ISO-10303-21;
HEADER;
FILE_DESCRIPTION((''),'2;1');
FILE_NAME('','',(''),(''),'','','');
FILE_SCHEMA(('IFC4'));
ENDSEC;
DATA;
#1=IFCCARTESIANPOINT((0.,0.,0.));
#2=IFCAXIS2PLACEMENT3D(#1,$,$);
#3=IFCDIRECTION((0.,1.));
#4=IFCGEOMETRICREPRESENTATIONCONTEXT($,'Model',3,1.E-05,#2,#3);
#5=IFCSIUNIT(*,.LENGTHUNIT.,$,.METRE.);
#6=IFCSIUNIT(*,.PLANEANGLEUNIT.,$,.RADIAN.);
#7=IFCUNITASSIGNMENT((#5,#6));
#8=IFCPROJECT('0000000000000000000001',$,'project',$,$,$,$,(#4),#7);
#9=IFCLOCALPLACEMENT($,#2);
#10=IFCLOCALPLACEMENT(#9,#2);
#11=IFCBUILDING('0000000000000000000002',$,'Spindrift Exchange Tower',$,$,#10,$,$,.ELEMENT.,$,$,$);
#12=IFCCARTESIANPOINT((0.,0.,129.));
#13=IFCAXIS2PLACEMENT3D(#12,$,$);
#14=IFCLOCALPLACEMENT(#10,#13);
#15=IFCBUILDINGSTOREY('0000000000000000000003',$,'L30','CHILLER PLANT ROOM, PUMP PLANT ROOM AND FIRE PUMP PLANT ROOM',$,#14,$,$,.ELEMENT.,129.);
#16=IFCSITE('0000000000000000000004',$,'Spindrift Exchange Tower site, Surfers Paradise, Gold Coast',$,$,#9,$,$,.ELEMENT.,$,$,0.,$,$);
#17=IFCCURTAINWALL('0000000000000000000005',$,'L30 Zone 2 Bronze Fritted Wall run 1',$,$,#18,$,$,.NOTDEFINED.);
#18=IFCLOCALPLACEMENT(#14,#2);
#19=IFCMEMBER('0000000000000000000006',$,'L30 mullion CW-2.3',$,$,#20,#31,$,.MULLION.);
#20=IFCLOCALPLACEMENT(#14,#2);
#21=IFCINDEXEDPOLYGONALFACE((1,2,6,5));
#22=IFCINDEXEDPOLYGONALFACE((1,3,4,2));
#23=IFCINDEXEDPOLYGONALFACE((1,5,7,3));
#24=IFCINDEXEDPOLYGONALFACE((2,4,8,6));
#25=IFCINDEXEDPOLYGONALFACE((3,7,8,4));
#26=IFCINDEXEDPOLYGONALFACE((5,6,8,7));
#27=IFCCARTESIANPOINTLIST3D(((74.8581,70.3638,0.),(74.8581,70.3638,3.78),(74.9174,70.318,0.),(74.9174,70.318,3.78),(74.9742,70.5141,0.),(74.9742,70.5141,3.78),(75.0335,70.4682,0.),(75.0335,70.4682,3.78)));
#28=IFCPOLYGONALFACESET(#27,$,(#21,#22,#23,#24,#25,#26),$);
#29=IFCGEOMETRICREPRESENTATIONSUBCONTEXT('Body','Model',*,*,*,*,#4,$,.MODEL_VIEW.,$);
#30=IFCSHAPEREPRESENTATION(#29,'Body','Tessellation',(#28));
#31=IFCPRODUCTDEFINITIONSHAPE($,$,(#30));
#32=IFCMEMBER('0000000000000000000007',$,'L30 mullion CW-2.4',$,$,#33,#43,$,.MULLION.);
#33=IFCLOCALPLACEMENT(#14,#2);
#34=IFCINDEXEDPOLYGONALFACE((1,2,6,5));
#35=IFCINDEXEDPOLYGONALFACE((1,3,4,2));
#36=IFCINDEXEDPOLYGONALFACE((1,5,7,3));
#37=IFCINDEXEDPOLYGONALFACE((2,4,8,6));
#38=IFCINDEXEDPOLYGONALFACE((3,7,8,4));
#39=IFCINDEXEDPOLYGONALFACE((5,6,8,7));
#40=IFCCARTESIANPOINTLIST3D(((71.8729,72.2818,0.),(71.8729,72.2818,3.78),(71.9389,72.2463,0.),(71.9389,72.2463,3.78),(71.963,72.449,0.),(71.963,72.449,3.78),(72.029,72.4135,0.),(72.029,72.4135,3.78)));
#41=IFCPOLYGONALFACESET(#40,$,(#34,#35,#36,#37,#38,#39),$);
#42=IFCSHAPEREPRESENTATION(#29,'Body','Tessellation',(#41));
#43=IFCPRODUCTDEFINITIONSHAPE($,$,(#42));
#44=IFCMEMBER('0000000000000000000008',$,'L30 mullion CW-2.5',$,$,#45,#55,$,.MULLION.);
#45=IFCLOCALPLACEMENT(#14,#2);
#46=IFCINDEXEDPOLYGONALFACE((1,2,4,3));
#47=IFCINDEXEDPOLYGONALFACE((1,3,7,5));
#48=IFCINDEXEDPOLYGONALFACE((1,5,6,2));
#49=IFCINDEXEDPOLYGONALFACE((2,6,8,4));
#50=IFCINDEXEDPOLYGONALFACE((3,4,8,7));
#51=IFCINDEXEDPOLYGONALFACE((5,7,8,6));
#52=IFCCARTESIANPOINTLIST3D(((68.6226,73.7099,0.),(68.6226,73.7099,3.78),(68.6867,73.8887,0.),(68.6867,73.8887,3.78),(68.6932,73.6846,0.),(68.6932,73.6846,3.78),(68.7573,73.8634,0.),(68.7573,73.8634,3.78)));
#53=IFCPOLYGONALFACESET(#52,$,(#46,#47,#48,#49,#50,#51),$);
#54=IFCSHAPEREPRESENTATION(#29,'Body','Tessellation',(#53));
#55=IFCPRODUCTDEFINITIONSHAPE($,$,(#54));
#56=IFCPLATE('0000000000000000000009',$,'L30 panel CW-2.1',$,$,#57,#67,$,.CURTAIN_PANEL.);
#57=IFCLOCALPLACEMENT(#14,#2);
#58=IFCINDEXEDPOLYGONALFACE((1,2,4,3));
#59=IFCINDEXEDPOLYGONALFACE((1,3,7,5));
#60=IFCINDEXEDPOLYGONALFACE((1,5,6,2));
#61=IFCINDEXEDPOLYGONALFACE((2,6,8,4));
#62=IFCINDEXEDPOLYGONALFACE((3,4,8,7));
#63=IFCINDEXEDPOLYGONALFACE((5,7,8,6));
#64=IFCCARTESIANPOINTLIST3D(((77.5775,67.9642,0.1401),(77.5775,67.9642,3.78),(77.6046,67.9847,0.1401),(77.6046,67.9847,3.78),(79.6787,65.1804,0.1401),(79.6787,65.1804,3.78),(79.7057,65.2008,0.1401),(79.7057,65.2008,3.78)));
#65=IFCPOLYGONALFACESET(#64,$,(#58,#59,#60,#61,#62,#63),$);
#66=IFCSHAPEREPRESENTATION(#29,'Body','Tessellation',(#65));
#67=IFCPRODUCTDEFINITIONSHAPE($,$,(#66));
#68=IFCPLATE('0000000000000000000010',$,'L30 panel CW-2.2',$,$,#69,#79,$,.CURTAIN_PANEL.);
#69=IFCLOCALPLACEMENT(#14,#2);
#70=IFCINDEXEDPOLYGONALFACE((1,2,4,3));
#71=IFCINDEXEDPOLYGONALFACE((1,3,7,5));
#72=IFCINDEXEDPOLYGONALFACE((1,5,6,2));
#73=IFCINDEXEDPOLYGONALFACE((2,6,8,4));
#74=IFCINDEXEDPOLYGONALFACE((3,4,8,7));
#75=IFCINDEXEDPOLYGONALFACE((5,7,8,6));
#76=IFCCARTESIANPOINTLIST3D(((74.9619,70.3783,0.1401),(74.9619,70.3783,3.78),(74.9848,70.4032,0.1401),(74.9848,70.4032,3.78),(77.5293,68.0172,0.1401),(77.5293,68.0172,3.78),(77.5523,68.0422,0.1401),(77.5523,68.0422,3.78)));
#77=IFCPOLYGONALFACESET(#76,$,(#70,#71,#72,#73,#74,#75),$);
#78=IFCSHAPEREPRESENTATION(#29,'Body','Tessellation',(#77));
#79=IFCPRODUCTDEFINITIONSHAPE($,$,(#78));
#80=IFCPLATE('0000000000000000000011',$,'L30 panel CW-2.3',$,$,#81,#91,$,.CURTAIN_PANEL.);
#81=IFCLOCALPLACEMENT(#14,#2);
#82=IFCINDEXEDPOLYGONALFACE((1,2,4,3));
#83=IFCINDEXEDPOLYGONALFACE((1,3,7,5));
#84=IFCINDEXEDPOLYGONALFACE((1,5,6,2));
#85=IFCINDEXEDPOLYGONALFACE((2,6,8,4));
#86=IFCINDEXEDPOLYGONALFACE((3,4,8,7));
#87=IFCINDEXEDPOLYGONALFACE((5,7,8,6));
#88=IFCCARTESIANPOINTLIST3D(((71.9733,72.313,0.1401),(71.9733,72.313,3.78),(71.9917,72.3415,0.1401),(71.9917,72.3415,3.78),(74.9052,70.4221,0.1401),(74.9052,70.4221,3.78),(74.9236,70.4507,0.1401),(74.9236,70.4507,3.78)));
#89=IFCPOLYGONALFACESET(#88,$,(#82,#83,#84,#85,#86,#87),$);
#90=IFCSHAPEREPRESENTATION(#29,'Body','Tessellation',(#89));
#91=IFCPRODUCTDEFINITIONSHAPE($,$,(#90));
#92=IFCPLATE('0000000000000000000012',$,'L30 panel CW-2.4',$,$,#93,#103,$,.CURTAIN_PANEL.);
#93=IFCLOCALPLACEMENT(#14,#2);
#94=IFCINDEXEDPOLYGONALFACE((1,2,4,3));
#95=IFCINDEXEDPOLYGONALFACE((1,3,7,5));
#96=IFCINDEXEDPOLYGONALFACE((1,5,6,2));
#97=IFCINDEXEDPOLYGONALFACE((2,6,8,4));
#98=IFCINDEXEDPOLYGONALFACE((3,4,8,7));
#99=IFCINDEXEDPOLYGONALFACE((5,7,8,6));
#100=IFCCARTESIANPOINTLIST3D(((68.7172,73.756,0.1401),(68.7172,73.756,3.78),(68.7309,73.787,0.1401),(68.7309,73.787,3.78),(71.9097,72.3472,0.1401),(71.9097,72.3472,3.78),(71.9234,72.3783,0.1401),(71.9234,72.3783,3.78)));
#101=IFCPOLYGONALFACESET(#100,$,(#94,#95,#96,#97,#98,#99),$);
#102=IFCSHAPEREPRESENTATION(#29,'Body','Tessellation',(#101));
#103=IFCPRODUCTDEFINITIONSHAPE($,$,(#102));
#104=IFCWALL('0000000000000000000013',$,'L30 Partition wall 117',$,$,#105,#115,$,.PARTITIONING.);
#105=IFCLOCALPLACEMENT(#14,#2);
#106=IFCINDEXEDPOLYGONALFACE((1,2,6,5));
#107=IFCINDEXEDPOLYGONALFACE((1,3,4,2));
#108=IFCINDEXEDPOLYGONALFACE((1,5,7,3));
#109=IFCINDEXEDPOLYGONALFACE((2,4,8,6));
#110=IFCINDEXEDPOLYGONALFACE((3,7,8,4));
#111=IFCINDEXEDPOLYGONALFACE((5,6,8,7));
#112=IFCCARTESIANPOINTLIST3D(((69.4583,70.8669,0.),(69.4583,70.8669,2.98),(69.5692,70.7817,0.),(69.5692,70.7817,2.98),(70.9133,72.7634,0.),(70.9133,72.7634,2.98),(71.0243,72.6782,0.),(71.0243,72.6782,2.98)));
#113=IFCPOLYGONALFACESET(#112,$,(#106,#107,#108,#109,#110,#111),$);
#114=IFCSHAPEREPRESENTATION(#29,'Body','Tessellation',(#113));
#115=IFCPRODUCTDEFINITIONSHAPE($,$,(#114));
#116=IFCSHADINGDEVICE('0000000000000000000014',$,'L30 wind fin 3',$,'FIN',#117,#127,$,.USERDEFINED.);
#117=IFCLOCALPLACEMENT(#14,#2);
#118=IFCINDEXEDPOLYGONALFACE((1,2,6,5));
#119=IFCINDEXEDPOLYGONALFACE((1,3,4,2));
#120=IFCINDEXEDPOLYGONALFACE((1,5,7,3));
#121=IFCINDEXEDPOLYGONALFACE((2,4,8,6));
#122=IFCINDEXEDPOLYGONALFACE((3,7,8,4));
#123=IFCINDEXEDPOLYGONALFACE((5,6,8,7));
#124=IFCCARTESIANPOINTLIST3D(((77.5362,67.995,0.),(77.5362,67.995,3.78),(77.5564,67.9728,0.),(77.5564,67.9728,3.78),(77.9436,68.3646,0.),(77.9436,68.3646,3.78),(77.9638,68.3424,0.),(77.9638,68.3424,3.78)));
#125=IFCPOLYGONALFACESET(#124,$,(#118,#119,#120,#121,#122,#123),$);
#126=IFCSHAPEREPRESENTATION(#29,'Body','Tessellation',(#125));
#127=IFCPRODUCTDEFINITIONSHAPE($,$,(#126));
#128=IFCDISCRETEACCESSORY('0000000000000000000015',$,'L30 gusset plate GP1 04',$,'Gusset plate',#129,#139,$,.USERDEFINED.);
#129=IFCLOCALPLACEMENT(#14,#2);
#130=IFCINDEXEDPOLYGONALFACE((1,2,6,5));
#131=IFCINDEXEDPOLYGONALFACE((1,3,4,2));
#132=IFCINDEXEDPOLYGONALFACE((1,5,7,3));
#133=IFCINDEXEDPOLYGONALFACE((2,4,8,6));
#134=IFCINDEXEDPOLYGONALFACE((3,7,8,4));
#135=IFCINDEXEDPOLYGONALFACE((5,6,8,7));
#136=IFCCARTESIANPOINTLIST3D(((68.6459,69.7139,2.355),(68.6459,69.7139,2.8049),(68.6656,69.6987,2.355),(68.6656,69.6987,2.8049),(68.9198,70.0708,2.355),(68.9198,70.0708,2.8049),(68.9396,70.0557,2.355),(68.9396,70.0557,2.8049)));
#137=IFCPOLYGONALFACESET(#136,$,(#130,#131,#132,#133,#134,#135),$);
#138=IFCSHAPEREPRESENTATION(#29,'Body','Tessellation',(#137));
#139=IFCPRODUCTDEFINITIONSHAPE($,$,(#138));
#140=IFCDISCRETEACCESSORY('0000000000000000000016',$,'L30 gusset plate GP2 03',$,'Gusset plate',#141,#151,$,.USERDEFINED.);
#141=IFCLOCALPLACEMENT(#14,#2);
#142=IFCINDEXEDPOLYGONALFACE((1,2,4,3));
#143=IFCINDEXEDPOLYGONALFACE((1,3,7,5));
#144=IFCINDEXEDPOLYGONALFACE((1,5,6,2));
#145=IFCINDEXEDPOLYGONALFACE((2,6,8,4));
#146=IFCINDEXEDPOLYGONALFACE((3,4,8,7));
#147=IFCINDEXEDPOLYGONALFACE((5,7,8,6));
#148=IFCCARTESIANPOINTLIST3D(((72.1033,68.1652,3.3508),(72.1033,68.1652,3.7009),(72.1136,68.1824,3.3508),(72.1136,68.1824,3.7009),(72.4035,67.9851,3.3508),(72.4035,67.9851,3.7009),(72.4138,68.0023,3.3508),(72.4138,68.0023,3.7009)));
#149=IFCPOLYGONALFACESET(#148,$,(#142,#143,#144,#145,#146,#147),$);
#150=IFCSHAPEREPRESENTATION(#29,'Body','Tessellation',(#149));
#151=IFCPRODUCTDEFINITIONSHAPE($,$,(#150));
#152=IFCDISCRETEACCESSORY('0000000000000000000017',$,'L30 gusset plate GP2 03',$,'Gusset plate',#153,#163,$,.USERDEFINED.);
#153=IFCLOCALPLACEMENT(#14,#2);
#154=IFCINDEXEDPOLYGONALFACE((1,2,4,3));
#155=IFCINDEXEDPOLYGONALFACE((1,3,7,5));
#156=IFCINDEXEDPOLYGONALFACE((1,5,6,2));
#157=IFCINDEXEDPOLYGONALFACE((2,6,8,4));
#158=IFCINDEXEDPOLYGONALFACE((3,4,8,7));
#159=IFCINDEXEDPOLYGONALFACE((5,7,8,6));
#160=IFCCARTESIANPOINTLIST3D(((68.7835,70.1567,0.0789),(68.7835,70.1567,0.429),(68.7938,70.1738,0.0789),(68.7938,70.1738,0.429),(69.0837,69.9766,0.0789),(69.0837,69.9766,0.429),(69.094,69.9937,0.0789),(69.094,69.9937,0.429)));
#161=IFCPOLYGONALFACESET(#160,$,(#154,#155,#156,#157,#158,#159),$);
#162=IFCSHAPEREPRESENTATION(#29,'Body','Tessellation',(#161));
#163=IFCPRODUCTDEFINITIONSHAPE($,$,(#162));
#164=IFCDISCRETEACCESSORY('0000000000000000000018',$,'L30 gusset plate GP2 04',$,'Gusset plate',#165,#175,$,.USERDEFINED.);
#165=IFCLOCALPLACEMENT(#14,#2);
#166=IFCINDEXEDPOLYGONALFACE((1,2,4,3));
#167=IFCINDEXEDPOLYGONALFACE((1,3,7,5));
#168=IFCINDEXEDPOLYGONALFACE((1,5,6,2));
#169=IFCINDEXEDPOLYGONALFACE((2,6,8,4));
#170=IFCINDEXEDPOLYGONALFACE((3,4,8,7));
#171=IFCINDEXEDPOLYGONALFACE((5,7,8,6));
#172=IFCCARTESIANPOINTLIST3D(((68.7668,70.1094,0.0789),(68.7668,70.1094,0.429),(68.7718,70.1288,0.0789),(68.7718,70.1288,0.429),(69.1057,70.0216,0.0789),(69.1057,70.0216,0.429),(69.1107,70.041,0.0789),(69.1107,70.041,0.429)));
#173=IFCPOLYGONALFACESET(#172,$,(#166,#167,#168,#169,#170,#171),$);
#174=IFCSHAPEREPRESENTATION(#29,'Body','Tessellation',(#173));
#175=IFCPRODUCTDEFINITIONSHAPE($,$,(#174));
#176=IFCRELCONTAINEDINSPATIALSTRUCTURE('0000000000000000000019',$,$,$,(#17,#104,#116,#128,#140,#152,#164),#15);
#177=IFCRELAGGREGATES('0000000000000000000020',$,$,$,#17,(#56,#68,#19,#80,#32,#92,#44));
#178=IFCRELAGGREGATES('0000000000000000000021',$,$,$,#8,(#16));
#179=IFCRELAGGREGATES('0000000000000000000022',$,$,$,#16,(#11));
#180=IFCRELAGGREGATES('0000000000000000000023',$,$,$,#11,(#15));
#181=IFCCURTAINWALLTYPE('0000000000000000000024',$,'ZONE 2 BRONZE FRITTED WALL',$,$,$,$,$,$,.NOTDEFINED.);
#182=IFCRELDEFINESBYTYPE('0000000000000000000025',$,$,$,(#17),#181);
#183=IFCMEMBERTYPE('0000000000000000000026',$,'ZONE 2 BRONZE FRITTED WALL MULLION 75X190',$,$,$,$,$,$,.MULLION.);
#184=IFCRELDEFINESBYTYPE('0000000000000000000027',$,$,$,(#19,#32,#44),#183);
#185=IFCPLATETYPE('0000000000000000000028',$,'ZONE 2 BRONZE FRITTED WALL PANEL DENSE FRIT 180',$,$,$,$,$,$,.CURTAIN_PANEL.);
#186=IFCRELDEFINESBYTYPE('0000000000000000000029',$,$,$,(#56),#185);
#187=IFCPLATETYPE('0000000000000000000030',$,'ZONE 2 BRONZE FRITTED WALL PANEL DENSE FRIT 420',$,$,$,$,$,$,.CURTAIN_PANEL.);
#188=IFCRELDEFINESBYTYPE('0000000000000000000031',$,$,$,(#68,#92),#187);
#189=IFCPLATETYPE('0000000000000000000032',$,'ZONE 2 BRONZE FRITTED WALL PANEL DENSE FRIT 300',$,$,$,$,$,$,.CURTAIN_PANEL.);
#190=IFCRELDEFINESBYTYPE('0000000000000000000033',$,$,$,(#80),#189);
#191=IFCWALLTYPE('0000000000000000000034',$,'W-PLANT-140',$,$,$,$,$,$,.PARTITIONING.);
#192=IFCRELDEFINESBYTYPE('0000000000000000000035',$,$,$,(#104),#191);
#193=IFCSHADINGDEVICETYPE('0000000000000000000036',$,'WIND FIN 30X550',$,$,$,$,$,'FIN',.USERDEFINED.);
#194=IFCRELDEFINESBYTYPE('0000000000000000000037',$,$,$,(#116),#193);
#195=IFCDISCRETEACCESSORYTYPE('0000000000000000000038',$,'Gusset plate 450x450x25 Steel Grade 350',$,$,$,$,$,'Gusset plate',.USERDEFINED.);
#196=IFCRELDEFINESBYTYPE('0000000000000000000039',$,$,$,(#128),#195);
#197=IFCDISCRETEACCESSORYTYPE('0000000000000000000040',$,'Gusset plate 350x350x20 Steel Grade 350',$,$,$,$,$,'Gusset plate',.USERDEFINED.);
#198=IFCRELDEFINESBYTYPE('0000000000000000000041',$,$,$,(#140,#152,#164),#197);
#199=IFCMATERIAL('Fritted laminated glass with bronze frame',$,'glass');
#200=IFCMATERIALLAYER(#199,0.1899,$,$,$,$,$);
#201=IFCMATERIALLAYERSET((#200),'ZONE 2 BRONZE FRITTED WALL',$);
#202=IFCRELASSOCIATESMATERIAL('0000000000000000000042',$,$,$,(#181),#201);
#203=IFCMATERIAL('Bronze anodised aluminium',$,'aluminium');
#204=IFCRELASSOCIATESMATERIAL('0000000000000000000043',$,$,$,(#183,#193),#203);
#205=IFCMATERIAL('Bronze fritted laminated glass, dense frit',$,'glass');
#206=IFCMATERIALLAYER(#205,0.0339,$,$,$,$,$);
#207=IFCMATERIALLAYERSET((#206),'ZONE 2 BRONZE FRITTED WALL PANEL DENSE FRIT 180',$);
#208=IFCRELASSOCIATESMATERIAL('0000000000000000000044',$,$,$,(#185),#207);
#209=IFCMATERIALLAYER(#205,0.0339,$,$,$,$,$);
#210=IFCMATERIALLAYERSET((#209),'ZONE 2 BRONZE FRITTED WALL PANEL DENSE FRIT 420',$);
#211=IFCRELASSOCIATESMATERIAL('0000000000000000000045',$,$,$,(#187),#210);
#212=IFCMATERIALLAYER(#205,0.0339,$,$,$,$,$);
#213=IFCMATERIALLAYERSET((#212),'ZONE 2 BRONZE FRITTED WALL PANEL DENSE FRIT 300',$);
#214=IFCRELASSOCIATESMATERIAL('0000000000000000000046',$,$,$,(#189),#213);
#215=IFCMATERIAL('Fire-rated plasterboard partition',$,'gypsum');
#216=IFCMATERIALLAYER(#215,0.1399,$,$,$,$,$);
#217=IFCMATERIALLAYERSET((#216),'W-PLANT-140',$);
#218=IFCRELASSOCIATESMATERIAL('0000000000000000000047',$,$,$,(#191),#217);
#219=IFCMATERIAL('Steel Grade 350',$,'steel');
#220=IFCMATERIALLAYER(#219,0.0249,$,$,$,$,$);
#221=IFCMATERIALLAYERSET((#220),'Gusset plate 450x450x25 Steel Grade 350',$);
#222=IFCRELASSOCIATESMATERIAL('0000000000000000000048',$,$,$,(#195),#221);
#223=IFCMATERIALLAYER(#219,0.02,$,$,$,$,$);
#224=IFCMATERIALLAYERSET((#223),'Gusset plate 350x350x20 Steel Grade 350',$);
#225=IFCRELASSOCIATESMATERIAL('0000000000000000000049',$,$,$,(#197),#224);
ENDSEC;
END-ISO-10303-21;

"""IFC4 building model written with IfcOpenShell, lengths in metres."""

from ifc_helpers import new_model, si_unit, direction, frame, frame_2d, origin, origin_2d, place, context, subcontext, project, spatial, rectangle, extrude, source, transform, mapped, material, layer, layer_set, material_profile, profile_set, type_object, element, aggregate, save


model = new_model("IFC4")

# Units and contexts
model_context = context("Model", 3, precision=1e-05, world=origin(), true_north=direction((0.0, 1.0)))
body_context = subcontext(model_context, "Body", "Model", "MODEL_VIEW")
ifc_project = project(units=[si_unit("LENGTHUNIT", "METRE"), si_unit("PLANEANGLEUNIT", "RADIAN")], contexts=[model_context])

# Site, building, storey
site_placement = place(None, origin())
site = spatial("IfcSite", under=ifc_project, at=site_placement, Name="Spindrift Exchange Tower site, Surfers Paradise, Gold Coast", CompositionType="ELEMENT", RefElevation=0.0)
building_placement = place(site_placement, origin())
building = spatial("IfcBuilding", under=site, at=building_placement, Name="Spindrift Exchange Tower", CompositionType="ELEMENT")
storey_placement = place(building_placement, frame((0.0, 0.0, 129.0)))
storey = spatial("IfcBuildingStorey", under=building, at=storey_placement, Name="L30", Description="CHILLER PLANT ROOM, PUMP PLANT ROOM AND FIRE PUMP PLANT ROOM", CompositionType="ELEMENT", Elevation=129.0)

# Shared definitions
ifc_material_1 = material(Name="Steel Grade 350", Category="steel")

# Curtain wall, members, plates
ifc_material_2 = material(Name="Fritted laminated glass with bronze frame", Category="glass")
ifc_layer_1 = layer(ifc_material_2, 0.1899)
ifc_layer_set_1 = layer_set([ifc_layer_1], Name="ZONE 2 BRONZE FRITTED WALL")
curtain_wall_type = type_object("IfcCurtainWallType", Name="ZONE 2 BRONZE FRITTED WALL", PredefinedType="NOTDEFINED", material=ifc_layer_set_1)
curtain_wall_placement = place(storey_placement, origin())
curtain_wall = element("IfcCurtainWall", 1, at=curtain_wall_placement, inside=storey, type_object=curtain_wall_type, Name="L30 Zone 2 Bronze Fritted Wall run 1", PredefinedType="NOTDEFINED")
ifc_material_3 = material(Name="Bronze anodised aluminium", Category="aluminium")
ifc_material_profile_1 = material_profile(ifc_material_3, rectangle(XDim=0.075, YDim=0.1899, at=origin_2d()), Name="ZONE 2 BRONZE FRITTED WALL MULLION 75X190")
ifc_profile_set_1 = profile_set([ifc_material_profile_1], Name="Bronze anodised aluminium")
member_type_1 = type_object("IfcMemberType", Name="ZONE 2 BRONZE FRITTED WALL MULLION 75X190", PredefinedType="MULLION", material=ifc_profile_set_1)
shared_shape_1 = source(origin(), body_context, "Body", "SweptSolid", [
    extrude(rectangle(XDim=0.075, YDim=0.1899, at=origin_2d()), origin(), (0.0, 0.0, 1.0), 3.78),
])
member_1_placement = place(storey_placement, frame((74.9458, 70.416, 0.0), z_axis=(0.0, 0.0, 1.0), x_axis=(-0.791108, 0.611676, 0.0)))
member_1 = element("IfcMember", 2, at=member_1_placement, type_object=member_type_1, Name="L30 mullion CW-2.3", PredefinedType="MULLION", context=body_context, shape_type="MappedRepresentation", body=[
    mapped(shared_shape_1, transform((0.0, 0.0, 0.0), scale=1.0)),
])
member_2_placement = place(storey_placement, frame((71.9509, 72.3477, 0.0), z_axis=(0.0, 0.0, 1.0), x_axis=(-0.880354, 0.474318, 0.0)))
member_2 = element("IfcMember", 3, at=member_2_placement, type_object=member_type_1, Name="L30 mullion CW-2.4", PredefinedType="MULLION", context=body_context, shape_type="MappedRepresentation", body=[
    mapped(shared_shape_1, transform((0.0, 0.0, 0.0), scale=1.0)),
])
member_3_placement = place(storey_placement, frame((68.6899, 73.7866, 0.0), z_axis=(0.0, 0.0, 1.0), x_axis=(-0.941331, 0.337483, 0.0)))
member_3 = element("IfcMember", 4, at=member_3_placement, type_object=member_type_1, Name="L30 mullion CW-2.5", PredefinedType="MULLION", context=body_context, shape_type="MappedRepresentation", body=[
    mapped(shared_shape_1, transform((0.0, 0.0, 0.0), scale=1.0)),
])
ifc_material_4 = material(Name="Bronze fritted laminated glass, dense frit", Category="glass")
ifc_layer_2 = layer(ifc_material_4, 0.0339)
ifc_layer_set_2 = layer_set([ifc_layer_2], Name="ZONE 2 BRONZE FRITTED WALL PANEL DENSE FRIT 180")
plate_type_1 = type_object("IfcPlateType", Name="ZONE 2 BRONZE FRITTED WALL PANEL DENSE FRIT 180", PredefinedType="CURTAIN_PANEL", material=ifc_layer_set_2)
shared_shape_2 = source(origin(), body_context, "Body", "SweptSolid", [
    extrude(rectangle(XDim=3.4878, YDim=0.0339, at=origin_2d()), origin(), (0.0, 0.0, 1.0), 3.6399),
])
plate_1_placement = place(storey_placement, frame((78.6416, 66.5825, 0.1401), z_axis=(0.0, 0.0, 1.0), x_axis=(-0.602441, 0.798164, 0.0)))
plate_1 = element("IfcPlate", 5, at=plate_1_placement, type_object=plate_type_1, Name="L30 panel CW-2.1", PredefinedType="CURTAIN_PANEL", context=body_context, shape_type="MappedRepresentation", body=[
    mapped(shared_shape_2, transform((0.0, 0.0, 0.0), scale=1.0)),
])
ifc_layer_3 = layer(ifc_material_4, 0.0339)
ifc_layer_set_3 = layer_set([ifc_layer_3], Name="ZONE 2 BRONZE FRITTED WALL PANEL DENSE FRIT 420")
plate_type_2 = type_object("IfcPlateType", Name="ZONE 2 BRONZE FRITTED WALL PANEL DENSE FRIT 420", PredefinedType="CURTAIN_PANEL", material=ifc_layer_set_3)
shared_shape_3 = source(origin(), body_context, "Body", "SweptSolid", [
    extrude(rectangle(XDim=3.488, YDim=0.0339, at=origin_2d()), origin(), (0.0, 0.0, 1.0), 3.6399),
])
plate_2_placement = place(storey_placement, frame((76.2571, 69.2102, 0.1401), z_axis=(0.0, 0.0, 1.0), x_axis=(-0.736069, 0.676907, 0.0)))
plate_2 = element("IfcPlate", 6, at=plate_2_placement, type_object=plate_type_2, Name="L30 panel CW-2.2", PredefinedType="CURTAIN_PANEL", context=body_context, shape_type="MappedRepresentation", body=[
    mapped(shared_shape_3, transform((0.0, 0.0, 0.0), scale=1.0)),
])
ifc_layer_4 = layer(ifc_material_4, 0.0339)
ifc_layer_set_4 = layer_set([ifc_layer_4], Name="ZONE 2 BRONZE FRITTED WALL PANEL DENSE FRIT 300")
plate_type_3 = type_object("IfcPlateType", Name="ZONE 2 BRONZE FRITTED WALL PANEL DENSE FRIT 300", PredefinedType="CURTAIN_PANEL", material=ifc_layer_set_4)
shared_shape_4 = source(origin(), body_context, "Body", "SweptSolid", [
    extrude(rectangle(XDim=3.4888, YDim=0.0339, at=origin_2d()), origin(), (0.0, 0.0, 1.0), 3.6399),
])
plate_3_placement = place(storey_placement, frame((73.4485, 71.3818, 0.1401), z_axis=(0.0, 0.0, 1.0), x_axis=(-0.840385, 0.54199, 0.0)))
plate_3 = element("IfcPlate", 7, at=plate_3_placement, type_object=plate_type_3, Name="L30 panel CW-2.3", PredefinedType="CURTAIN_PANEL", context=body_context, shape_type="MappedRepresentation", body=[
    mapped(shared_shape_4, transform((0.0, 0.0, 0.0), scale=1.0)),
])
shared_shape_5 = source(origin(), body_context, "Body", "SweptSolid", [
    extrude(rectangle(XDim=3.4895, YDim=0.0339, at=origin_2d()), origin(), (0.0, 0.0, 1.0), 3.6399),
])
plate_4_placement = place(storey_placement, frame((70.3203, 73.0671, 0.1401), z_axis=(0.0, 0.0, 1.0), x_axis=(-0.914884, 0.403716, 0.0)))
plate_4 = element("IfcPlate", 8, at=plate_4_placement, type_object=plate_type_2, Name="L30 panel CW-2.4", PredefinedType="CURTAIN_PANEL", context=body_context, shape_type="MappedRepresentation", body=[
    mapped(shared_shape_5, transform((0.0, 0.0, 0.0), scale=1.0)),
])
aggregate(curtain_wall, [plate_1, plate_2, member_1, plate_3, member_2, plate_4, member_3])

# Wall
ifc_material_5 = material(Name="Fire-rated plasterboard partition", Category="gypsum")
ifc_layer_5 = layer(ifc_material_5, 0.1399)
ifc_layer_set_5 = layer_set([ifc_layer_5], Name="W-PLANT-140")
wall_type = type_object("IfcWallType", Name="W-PLANT-140", PredefinedType="PARTITIONING", material=ifc_layer_set_5)
wall_placement = place(storey_placement, frame((69.5137, 70.8242, 0.0), z_axis=(0.0, 0.0, 1.0), x_axis=(0.608723, 0.793383, 0.0)))
element("IfcWall", 9, at=wall_placement, inside=storey, type_object=wall_type, Name="L30 Partition wall 117", PredefinedType="PARTITIONING", context=body_context, shape_type="SweptSolid", body=[
    extrude(rectangle(XDim=2.3904, YDim=0.1399, at=frame_2d((1.1953, 0.0))), origin(), (0.0, 0.0, 1.0), 2.98),
])

# Shading device
ifc_material_profile_2 = material_profile(ifc_material_3, rectangle(XDim=0.03, YDim=0.55, at=origin_2d()), Name="WIND FIN 30X550")
ifc_profile_set_2 = profile_set([ifc_material_profile_2], Name="Bronze anodised aluminium")
shading_device_type = type_object("IfcShadingDeviceType", Name="WIND FIN 30X550", ElementType="FIN", PredefinedType="USERDEFINED", material=ifc_profile_set_2)
shared_shape_6 = source(origin(), body_context, "Body", "SweptSolid", [
    extrude(rectangle(XDim=0.03, YDim=0.55, at=origin_2d()), origin(), (0.0, 0.0, 1.0), 3.78),
])
shading_device_placement = place(storey_placement, frame((77.75, 68.1687, 0.0), z_axis=(0.0, 0.0, 1.0), x_axis=(-0.671995, 0.740556, 0.0)))
element("IfcShadingDevice", 10, at=shading_device_placement, inside=storey, type_object=shading_device_type, Name="L30 wind fin 3", ObjectType="FIN", PredefinedType="USERDEFINED", context=body_context, shape_type="MappedRepresentation", body=[
    mapped(shared_shape_6, transform((0.0, 0.0, 0.0), scale=1.0)),
])

# Discrete accessories
ifc_layer_6 = layer(ifc_material_1, 0.0249)
ifc_layer_set_6 = layer_set([ifc_layer_6], Name="Gusset plate 450x450x25 Steel Grade 350")
discrete_accessory_type_1 = type_object("IfcDiscreteAccessoryType", Name="Gusset plate 450x450x25 Steel Grade 350", ElementType="Gusset plate", PredefinedType="USERDEFINED", material=ifc_layer_set_6)
shared_shape_7 = source(origin(), body_context, "Body", "SweptSolid", [
    extrude(rectangle(XDim=0.45, YDim=0.0249, at=origin_2d()), origin(), (0.0, 0.0, 1.0), 0.45),
])
discrete_accessory_placement = place(storey_placement, frame((68.7927, 69.8848, 2.355), z_axis=(0.0, 0.0, 1.0), x_axis=(0.608752, 0.793361, 0.0)))
element("IfcDiscreteAccessory", 11, at=discrete_accessory_placement, inside=storey, type_object=discrete_accessory_type_1, Name="L30 gusset plate GP1 04", ObjectType="Gusset plate", PredefinedType="USERDEFINED", context=body_context, shape_type="MappedRepresentation", body=[
    mapped(shared_shape_7, transform((0.0, 0.0, 0.0), scale=1.0)),
])
ifc_layer_7 = layer(ifc_material_1, 0.02)
ifc_layer_set_7 = layer_set([ifc_layer_7], Name="Gusset plate 350x350x20 Steel Grade 350")
discrete_accessory_type_2 = type_object("IfcDiscreteAccessoryType", Name="Gusset plate 350x350x20 Steel Grade 350", ElementType="Gusset plate", PredefinedType="USERDEFINED", material=ifc_layer_set_7)
shared_shape_8 = source(origin(), body_context, "Body", "SweptSolid", [
    extrude(rectangle(XDim=0.3501, YDim=0.02, at=origin_2d()), origin(), (0.0, 0.0, 1.0), 0.3501),
])
for number, where, z_axis, x_axis, name in (
    (12, (72.2585, 68.0837, 3.3508), (0.0, 0.0, 1.0), (-0.857566, 0.514374, 0.0), "L30 gusset plate GP2 03"),
    (13, (68.9387, 70.0752, 0.0789), (0.0, 0.0, 1.0), (-0.857547, 0.514405, 0.0), "L30 gusset plate GP2 03"),
    (14, (68.9387, 70.0752, 0.0789), (0.0, 0.0, 1.0), (-0.968075, 0.250662, 0.0), "L30 gusset plate GP2 04"),
):
    element("IfcDiscreteAccessory", number, at=place(storey_placement, frame(where, z_axis=z_axis, x_axis=x_axis)), inside=storey, type_object=discrete_accessory_type_2, Name=name, ObjectType="Gusset plate", PredefinedType="USERDEFINED", context=body_context, shape_type="MappedRepresentation", body=[
        mapped(shared_shape_8, transform((0.0, 0.0, 0.0), scale=1.0)),
    ])

save(model, "model.ifc")
